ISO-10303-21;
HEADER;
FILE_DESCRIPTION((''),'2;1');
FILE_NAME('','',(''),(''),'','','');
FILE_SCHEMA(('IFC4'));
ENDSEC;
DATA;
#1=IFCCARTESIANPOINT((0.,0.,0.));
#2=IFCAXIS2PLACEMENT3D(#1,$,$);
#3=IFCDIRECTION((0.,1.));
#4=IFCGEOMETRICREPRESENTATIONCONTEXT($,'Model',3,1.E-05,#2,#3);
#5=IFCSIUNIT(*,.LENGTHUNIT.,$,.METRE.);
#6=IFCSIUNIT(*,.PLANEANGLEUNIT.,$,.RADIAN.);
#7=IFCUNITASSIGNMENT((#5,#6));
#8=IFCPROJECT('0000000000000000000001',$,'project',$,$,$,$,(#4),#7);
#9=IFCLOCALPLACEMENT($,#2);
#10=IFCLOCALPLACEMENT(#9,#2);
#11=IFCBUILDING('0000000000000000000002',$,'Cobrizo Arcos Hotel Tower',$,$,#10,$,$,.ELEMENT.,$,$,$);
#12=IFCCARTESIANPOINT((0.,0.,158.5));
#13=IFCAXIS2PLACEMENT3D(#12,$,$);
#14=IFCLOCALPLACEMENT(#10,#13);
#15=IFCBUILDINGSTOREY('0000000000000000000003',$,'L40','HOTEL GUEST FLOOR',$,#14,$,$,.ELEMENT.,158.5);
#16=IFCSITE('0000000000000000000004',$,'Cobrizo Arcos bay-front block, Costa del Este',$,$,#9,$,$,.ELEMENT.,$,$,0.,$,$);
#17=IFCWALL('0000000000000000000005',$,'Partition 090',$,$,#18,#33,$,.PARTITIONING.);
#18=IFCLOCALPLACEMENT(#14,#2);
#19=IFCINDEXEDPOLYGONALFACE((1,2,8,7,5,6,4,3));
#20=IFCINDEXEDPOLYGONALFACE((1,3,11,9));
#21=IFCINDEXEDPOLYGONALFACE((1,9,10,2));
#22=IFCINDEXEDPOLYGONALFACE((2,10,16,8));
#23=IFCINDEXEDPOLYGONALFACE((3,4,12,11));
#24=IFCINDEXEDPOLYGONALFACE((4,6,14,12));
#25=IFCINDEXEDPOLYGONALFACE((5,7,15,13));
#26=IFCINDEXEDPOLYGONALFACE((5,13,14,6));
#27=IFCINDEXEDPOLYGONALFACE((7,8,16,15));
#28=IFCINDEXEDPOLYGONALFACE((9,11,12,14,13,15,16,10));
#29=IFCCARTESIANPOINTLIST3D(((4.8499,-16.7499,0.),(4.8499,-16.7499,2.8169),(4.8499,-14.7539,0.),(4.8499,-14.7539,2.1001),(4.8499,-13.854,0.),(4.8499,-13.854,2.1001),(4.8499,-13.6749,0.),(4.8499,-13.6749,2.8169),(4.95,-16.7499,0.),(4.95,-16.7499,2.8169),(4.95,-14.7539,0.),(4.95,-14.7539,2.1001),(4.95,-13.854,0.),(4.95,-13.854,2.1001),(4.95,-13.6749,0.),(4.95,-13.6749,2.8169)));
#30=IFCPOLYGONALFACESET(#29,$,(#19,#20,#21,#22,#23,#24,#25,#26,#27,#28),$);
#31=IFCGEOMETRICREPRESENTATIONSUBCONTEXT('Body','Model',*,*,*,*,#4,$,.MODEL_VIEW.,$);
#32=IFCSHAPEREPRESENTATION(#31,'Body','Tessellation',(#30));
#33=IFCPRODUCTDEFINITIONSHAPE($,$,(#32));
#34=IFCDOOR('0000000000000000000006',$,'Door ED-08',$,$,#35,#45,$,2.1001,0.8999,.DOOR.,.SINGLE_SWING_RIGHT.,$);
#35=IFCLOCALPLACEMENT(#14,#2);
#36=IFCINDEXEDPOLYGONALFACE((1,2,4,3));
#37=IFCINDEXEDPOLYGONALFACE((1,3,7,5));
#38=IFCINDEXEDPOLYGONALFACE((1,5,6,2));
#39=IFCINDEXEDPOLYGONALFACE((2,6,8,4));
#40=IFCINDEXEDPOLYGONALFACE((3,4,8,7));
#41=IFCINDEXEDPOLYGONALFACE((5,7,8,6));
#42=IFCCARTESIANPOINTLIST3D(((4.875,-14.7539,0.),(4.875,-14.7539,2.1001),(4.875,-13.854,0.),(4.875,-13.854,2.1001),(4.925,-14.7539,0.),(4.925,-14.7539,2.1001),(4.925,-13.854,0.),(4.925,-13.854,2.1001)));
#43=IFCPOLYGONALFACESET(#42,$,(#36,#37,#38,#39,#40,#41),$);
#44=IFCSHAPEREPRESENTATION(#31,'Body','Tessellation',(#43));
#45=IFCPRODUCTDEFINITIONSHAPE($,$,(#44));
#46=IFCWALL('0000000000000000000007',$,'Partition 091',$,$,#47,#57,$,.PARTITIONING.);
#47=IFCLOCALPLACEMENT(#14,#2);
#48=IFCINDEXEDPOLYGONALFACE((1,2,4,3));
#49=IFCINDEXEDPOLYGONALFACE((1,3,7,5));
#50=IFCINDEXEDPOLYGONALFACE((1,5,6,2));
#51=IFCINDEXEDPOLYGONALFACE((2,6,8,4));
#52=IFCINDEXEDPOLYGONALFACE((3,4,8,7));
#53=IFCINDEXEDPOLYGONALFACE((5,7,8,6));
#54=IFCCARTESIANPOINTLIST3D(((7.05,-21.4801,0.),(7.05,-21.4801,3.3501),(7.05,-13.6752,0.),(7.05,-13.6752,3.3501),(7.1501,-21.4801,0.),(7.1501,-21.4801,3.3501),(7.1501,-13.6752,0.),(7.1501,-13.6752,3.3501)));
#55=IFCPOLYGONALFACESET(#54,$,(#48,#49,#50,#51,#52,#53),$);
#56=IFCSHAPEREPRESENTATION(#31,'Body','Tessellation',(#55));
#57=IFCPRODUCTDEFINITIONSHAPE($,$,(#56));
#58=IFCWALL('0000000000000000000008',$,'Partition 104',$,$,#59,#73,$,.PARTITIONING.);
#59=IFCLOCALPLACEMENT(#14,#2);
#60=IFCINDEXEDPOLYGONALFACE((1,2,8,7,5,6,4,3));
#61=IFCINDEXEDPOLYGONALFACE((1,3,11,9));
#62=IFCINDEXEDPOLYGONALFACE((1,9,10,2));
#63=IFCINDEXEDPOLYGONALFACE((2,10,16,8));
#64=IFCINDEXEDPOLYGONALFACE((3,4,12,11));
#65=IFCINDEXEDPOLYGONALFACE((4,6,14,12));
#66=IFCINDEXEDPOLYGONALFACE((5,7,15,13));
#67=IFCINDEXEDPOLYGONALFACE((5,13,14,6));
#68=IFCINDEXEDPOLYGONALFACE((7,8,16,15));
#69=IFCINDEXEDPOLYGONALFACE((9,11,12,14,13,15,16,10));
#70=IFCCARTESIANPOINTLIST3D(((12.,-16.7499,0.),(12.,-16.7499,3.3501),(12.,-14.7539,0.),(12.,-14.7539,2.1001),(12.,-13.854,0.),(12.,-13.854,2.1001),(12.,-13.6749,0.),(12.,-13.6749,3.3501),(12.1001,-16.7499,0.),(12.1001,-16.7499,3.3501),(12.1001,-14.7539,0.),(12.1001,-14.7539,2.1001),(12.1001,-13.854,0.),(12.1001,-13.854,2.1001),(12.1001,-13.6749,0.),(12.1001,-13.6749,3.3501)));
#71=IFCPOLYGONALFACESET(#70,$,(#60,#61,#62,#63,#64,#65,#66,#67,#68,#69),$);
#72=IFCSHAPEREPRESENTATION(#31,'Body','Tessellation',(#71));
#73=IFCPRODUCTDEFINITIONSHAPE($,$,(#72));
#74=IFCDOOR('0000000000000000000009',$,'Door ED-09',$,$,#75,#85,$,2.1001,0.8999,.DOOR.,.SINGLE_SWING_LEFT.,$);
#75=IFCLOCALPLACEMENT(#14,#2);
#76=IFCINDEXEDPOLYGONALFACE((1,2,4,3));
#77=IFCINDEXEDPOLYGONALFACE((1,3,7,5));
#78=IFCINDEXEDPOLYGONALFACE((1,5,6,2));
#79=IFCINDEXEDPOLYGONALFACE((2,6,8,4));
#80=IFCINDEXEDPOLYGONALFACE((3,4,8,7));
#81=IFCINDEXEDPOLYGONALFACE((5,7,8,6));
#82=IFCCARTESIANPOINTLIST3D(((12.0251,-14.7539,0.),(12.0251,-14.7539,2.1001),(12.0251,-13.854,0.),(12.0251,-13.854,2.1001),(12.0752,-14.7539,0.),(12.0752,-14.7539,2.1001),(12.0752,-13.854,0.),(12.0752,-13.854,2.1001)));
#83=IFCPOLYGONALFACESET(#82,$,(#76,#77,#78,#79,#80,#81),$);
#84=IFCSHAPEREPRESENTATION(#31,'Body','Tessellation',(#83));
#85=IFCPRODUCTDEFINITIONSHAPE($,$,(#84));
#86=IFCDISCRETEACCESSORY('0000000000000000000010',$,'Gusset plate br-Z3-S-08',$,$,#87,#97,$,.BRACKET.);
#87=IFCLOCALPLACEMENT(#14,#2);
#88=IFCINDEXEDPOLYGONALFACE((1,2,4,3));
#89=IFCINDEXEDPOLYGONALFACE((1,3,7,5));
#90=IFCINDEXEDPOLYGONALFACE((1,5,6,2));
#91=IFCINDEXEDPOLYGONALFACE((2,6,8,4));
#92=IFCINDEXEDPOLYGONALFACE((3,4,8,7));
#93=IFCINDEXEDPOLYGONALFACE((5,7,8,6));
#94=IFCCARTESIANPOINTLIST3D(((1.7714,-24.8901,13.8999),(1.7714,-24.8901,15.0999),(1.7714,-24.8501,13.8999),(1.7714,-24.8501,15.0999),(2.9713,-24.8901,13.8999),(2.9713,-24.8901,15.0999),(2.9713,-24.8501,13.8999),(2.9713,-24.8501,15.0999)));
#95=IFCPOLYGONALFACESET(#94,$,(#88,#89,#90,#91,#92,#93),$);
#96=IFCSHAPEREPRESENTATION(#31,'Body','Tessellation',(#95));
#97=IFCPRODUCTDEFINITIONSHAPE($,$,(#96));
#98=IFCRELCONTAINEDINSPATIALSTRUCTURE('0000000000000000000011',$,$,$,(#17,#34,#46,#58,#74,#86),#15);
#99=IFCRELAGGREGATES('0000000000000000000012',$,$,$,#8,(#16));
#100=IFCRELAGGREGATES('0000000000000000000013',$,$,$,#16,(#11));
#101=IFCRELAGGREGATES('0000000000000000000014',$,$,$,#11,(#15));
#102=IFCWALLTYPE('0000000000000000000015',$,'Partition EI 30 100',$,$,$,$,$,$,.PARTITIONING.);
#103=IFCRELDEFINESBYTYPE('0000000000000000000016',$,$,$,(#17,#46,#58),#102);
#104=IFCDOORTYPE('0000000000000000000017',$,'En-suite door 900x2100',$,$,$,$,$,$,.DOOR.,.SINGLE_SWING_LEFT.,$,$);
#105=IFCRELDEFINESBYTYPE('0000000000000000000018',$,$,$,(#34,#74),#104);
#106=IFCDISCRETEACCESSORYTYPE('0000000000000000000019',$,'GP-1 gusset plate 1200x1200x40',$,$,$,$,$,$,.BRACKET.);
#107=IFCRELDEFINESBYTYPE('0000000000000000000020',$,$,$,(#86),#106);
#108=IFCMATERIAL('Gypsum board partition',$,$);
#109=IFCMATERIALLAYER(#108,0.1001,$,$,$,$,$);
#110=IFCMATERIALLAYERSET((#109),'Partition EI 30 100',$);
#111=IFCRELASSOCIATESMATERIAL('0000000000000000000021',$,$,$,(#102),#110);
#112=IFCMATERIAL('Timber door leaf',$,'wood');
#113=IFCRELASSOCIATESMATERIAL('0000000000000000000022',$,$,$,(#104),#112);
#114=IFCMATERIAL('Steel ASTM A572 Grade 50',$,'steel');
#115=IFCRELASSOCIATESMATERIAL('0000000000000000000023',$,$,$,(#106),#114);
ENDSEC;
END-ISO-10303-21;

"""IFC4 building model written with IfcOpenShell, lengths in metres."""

from ifc_helpers import new_model, si_unit, direction, frame, frame_2d, origin, origin_2d, place, context, subcontext, project, spatial, rectangle, extrude, material, layer, layer_set, type_object, element, fill, save


model = new_model("IFC4")

# Units and contexts
model_context = context("Model", 3, precision=1e-05, world=origin(), true_north=direction((0.0, 1.0)))
body_context = subcontext(model_context, "Body", "Model", "MODEL_VIEW")
ifc_project = project(units=[si_unit("LENGTHUNIT", "METRE"), si_unit("PLANEANGLEUNIT", "RADIAN")], contexts=[model_context])

# Site, building, storey
site_placement = place(None, origin())
site = spatial("IfcSite", under=ifc_project, at=site_placement, Name="Cobrizo Arcos bay-front block, Costa del Este", CompositionType="ELEMENT", RefElevation=0.0)
building_placement = place(site_placement, origin())
building = spatial("IfcBuilding", under=site, at=building_placement, Name="Cobrizo Arcos Hotel Tower", CompositionType="ELEMENT")
storey_placement = place(building_placement, frame((0.0, 0.0, 158.5)))
storey = spatial("IfcBuildingStorey", under=building, at=storey_placement, Name="L40", Description="HOTEL GUEST FLOOR", CompositionType="ELEMENT", Elevation=158.5)

# Shared definitions
ifc_material_1 = material(Name="Steel ASTM A572 Grade 50", Category="steel")

# Shared definitions
ifc_material_2 = material(Name="Gypsum board partition")
ifc_layer_1 = layer(ifc_material_2, 0.1001)
ifc_layer_set_1 = layer_set([ifc_layer_1], Name="Partition EI 30 100")
wall_type = type_object("IfcWallType", Name="Partition EI 30 100", PredefinedType="PARTITIONING", material=ifc_layer_set_1)

# Shared definitions
ifc_material_3 = material(Name="Timber door leaf", Category="wood")
door_type = type_object("IfcDoorType", Name="En-suite door 900x2100", OperationType="SINGLE_SWING_LEFT", PredefinedType="DOOR", material=ifc_material_3)

# Wall, opening, door
wall_1_placement = place(storey_placement, frame((4.8999, -16.75, 0.0), z_axis=(0.0, 0.0, 1.0), x_axis=(0.0, 1.0, 0.0)))
wall_1 = element("IfcWall", 1, at=wall_1_placement, inside=storey, type_object=wall_type, Name="Partition 090", PredefinedType="PARTITIONING", context=body_context, shape_type="SweptSolid", body=[
    extrude(rectangle(XDim=3.075, YDim=0.1001, at=frame_2d((1.5376, 0.0))), origin(), (0.0, 0.0, 1.0), 2.8169),
])
opening_1_placement = place(wall_1_placement, frame((1.9961, 0.0, 0.0)))
opening_1 = element("IfcOpeningElement", 2, at=opening_1_placement, cuts=wall_1, PredefinedType="OPENING", context=body_context, shape_type="SweptSolid", body=[
    extrude(rectangle(XDim=0.8999, YDim=2.1001, at=frame_2d((0.45, 1.05))), frame((0.0, 0.062, 0.0), z_axis=(0.0, -1.0, 0.0), x_axis=(1.0, 0.0, 0.0)), (0.0, 0.0, 1.0), 0.124),
])
door_1_placement = place(opening_1_placement, origin())
door_1 = element("IfcDoor", 3, at=door_1_placement, inside=storey, type_object=door_type, Name="Door ED-08", OperationType="SINGLE_SWING_RIGHT", OverallHeight=2.1001, OverallWidth=0.8999, PredefinedType="DOOR", context=body_context, shape_type="SweptSolid", body=[
    extrude(rectangle(XDim=0.8999, YDim=2.1001, at=frame_2d((0.45, 1.05))), frame((0.0, 0.0249, 0.0), z_axis=(0.0, -1.0, 0.0), x_axis=(1.0, 0.0, 0.0)), (0.0, 0.0, 1.0), 0.05),
])
fill(opening_1, door_1)

# Wall
wall_2_placement = place(storey_placement, frame((7.1001, -21.48, 0.0), z_axis=(0.0, 0.0, 1.0), x_axis=(0.0, 1.0, 0.0)))
element("IfcWall", 4, at=wall_2_placement, inside=storey, type_object=wall_type, Name="Partition 091", PredefinedType="PARTITIONING", context=body_context, shape_type="SweptSolid", body=[
    extrude(rectangle(XDim=7.8049, YDim=0.1001, at=frame_2d((3.9023, 0.0))), origin(), (0.0, 0.0, 1.0), 3.3501),
])

# Wall, opening, door
wall_3_placement = place(storey_placement, frame((12.05, -16.75, 0.0), z_axis=(0.0, 0.0, 1.0), x_axis=(0.0, 1.0, 0.0)))
wall_3 = element("IfcWall", 5, at=wall_3_placement, inside=storey, type_object=wall_type, Name="Partition 104", PredefinedType="PARTITIONING", context=body_context, shape_type="SweptSolid", body=[
    extrude(rectangle(XDim=3.075, YDim=0.1001, at=frame_2d((1.5376, 0.0))), origin(), (0.0, 0.0, 1.0), 3.3501),
])
opening_2_placement = place(wall_3_placement, frame((1.9961, 0.0, 0.0)))
opening_2 = element("IfcOpeningElement", 6, at=opening_2_placement, cuts=wall_3, PredefinedType="OPENING", context=body_context, shape_type="SweptSolid", body=[
    extrude(rectangle(XDim=0.8999, YDim=2.1001, at=frame_2d((0.45, 1.05))), frame((0.0, 0.062, 0.0), z_axis=(0.0, -1.0, 0.0), x_axis=(1.0, 0.0, 0.0)), (0.0, 0.0, 1.0), 0.124),
])
door_2_placement = place(opening_2_placement, origin())
door_2 = element("IfcDoor", 7, at=door_2_placement, inside=storey, type_object=door_type, Name="Door ED-09", OperationType="SINGLE_SWING_LEFT", OverallHeight=2.1001, OverallWidth=0.8999, PredefinedType="DOOR", context=body_context, shape_type="SweptSolid", body=[
    extrude(rectangle(XDim=0.8999, YDim=2.1001, at=frame_2d((0.45, 1.05))), frame((0.0, 0.0249, 0.0), z_axis=(0.0, -1.0, 0.0), x_axis=(1.0, 0.0, 0.0)), (0.0, 0.0, 1.0), 0.05),
])
fill(opening_2, door_2)

# Discrete accessory
discrete_accessory_type = type_object("IfcDiscreteAccessoryType", Name="GP-1 gusset plate 1200x1200x40", PredefinedType="BRACKET", material=ifc_material_1)
discrete_accessory_placement = place(storey_placement, frame((2.3713, -24.8701, 13.8999), z_axis=(0.0, 0.0, 1.0), x_axis=(1.0, 0.0, 0.0)))
element("IfcDiscreteAccessory", 8, at=discrete_accessory_placement, inside=storey, type_object=discrete_accessory_type, Name="Gusset plate br-Z3-S-08", PredefinedType="BRACKET", context=body_context, shape_type="SweptSolid", body=[
    extrude(rectangle(XDim=1.2, YDim=0.04, at=origin_2d()), origin(), (0.0, 0.0, 1.0), 1.2),
])

save(model, "model.ifc")
